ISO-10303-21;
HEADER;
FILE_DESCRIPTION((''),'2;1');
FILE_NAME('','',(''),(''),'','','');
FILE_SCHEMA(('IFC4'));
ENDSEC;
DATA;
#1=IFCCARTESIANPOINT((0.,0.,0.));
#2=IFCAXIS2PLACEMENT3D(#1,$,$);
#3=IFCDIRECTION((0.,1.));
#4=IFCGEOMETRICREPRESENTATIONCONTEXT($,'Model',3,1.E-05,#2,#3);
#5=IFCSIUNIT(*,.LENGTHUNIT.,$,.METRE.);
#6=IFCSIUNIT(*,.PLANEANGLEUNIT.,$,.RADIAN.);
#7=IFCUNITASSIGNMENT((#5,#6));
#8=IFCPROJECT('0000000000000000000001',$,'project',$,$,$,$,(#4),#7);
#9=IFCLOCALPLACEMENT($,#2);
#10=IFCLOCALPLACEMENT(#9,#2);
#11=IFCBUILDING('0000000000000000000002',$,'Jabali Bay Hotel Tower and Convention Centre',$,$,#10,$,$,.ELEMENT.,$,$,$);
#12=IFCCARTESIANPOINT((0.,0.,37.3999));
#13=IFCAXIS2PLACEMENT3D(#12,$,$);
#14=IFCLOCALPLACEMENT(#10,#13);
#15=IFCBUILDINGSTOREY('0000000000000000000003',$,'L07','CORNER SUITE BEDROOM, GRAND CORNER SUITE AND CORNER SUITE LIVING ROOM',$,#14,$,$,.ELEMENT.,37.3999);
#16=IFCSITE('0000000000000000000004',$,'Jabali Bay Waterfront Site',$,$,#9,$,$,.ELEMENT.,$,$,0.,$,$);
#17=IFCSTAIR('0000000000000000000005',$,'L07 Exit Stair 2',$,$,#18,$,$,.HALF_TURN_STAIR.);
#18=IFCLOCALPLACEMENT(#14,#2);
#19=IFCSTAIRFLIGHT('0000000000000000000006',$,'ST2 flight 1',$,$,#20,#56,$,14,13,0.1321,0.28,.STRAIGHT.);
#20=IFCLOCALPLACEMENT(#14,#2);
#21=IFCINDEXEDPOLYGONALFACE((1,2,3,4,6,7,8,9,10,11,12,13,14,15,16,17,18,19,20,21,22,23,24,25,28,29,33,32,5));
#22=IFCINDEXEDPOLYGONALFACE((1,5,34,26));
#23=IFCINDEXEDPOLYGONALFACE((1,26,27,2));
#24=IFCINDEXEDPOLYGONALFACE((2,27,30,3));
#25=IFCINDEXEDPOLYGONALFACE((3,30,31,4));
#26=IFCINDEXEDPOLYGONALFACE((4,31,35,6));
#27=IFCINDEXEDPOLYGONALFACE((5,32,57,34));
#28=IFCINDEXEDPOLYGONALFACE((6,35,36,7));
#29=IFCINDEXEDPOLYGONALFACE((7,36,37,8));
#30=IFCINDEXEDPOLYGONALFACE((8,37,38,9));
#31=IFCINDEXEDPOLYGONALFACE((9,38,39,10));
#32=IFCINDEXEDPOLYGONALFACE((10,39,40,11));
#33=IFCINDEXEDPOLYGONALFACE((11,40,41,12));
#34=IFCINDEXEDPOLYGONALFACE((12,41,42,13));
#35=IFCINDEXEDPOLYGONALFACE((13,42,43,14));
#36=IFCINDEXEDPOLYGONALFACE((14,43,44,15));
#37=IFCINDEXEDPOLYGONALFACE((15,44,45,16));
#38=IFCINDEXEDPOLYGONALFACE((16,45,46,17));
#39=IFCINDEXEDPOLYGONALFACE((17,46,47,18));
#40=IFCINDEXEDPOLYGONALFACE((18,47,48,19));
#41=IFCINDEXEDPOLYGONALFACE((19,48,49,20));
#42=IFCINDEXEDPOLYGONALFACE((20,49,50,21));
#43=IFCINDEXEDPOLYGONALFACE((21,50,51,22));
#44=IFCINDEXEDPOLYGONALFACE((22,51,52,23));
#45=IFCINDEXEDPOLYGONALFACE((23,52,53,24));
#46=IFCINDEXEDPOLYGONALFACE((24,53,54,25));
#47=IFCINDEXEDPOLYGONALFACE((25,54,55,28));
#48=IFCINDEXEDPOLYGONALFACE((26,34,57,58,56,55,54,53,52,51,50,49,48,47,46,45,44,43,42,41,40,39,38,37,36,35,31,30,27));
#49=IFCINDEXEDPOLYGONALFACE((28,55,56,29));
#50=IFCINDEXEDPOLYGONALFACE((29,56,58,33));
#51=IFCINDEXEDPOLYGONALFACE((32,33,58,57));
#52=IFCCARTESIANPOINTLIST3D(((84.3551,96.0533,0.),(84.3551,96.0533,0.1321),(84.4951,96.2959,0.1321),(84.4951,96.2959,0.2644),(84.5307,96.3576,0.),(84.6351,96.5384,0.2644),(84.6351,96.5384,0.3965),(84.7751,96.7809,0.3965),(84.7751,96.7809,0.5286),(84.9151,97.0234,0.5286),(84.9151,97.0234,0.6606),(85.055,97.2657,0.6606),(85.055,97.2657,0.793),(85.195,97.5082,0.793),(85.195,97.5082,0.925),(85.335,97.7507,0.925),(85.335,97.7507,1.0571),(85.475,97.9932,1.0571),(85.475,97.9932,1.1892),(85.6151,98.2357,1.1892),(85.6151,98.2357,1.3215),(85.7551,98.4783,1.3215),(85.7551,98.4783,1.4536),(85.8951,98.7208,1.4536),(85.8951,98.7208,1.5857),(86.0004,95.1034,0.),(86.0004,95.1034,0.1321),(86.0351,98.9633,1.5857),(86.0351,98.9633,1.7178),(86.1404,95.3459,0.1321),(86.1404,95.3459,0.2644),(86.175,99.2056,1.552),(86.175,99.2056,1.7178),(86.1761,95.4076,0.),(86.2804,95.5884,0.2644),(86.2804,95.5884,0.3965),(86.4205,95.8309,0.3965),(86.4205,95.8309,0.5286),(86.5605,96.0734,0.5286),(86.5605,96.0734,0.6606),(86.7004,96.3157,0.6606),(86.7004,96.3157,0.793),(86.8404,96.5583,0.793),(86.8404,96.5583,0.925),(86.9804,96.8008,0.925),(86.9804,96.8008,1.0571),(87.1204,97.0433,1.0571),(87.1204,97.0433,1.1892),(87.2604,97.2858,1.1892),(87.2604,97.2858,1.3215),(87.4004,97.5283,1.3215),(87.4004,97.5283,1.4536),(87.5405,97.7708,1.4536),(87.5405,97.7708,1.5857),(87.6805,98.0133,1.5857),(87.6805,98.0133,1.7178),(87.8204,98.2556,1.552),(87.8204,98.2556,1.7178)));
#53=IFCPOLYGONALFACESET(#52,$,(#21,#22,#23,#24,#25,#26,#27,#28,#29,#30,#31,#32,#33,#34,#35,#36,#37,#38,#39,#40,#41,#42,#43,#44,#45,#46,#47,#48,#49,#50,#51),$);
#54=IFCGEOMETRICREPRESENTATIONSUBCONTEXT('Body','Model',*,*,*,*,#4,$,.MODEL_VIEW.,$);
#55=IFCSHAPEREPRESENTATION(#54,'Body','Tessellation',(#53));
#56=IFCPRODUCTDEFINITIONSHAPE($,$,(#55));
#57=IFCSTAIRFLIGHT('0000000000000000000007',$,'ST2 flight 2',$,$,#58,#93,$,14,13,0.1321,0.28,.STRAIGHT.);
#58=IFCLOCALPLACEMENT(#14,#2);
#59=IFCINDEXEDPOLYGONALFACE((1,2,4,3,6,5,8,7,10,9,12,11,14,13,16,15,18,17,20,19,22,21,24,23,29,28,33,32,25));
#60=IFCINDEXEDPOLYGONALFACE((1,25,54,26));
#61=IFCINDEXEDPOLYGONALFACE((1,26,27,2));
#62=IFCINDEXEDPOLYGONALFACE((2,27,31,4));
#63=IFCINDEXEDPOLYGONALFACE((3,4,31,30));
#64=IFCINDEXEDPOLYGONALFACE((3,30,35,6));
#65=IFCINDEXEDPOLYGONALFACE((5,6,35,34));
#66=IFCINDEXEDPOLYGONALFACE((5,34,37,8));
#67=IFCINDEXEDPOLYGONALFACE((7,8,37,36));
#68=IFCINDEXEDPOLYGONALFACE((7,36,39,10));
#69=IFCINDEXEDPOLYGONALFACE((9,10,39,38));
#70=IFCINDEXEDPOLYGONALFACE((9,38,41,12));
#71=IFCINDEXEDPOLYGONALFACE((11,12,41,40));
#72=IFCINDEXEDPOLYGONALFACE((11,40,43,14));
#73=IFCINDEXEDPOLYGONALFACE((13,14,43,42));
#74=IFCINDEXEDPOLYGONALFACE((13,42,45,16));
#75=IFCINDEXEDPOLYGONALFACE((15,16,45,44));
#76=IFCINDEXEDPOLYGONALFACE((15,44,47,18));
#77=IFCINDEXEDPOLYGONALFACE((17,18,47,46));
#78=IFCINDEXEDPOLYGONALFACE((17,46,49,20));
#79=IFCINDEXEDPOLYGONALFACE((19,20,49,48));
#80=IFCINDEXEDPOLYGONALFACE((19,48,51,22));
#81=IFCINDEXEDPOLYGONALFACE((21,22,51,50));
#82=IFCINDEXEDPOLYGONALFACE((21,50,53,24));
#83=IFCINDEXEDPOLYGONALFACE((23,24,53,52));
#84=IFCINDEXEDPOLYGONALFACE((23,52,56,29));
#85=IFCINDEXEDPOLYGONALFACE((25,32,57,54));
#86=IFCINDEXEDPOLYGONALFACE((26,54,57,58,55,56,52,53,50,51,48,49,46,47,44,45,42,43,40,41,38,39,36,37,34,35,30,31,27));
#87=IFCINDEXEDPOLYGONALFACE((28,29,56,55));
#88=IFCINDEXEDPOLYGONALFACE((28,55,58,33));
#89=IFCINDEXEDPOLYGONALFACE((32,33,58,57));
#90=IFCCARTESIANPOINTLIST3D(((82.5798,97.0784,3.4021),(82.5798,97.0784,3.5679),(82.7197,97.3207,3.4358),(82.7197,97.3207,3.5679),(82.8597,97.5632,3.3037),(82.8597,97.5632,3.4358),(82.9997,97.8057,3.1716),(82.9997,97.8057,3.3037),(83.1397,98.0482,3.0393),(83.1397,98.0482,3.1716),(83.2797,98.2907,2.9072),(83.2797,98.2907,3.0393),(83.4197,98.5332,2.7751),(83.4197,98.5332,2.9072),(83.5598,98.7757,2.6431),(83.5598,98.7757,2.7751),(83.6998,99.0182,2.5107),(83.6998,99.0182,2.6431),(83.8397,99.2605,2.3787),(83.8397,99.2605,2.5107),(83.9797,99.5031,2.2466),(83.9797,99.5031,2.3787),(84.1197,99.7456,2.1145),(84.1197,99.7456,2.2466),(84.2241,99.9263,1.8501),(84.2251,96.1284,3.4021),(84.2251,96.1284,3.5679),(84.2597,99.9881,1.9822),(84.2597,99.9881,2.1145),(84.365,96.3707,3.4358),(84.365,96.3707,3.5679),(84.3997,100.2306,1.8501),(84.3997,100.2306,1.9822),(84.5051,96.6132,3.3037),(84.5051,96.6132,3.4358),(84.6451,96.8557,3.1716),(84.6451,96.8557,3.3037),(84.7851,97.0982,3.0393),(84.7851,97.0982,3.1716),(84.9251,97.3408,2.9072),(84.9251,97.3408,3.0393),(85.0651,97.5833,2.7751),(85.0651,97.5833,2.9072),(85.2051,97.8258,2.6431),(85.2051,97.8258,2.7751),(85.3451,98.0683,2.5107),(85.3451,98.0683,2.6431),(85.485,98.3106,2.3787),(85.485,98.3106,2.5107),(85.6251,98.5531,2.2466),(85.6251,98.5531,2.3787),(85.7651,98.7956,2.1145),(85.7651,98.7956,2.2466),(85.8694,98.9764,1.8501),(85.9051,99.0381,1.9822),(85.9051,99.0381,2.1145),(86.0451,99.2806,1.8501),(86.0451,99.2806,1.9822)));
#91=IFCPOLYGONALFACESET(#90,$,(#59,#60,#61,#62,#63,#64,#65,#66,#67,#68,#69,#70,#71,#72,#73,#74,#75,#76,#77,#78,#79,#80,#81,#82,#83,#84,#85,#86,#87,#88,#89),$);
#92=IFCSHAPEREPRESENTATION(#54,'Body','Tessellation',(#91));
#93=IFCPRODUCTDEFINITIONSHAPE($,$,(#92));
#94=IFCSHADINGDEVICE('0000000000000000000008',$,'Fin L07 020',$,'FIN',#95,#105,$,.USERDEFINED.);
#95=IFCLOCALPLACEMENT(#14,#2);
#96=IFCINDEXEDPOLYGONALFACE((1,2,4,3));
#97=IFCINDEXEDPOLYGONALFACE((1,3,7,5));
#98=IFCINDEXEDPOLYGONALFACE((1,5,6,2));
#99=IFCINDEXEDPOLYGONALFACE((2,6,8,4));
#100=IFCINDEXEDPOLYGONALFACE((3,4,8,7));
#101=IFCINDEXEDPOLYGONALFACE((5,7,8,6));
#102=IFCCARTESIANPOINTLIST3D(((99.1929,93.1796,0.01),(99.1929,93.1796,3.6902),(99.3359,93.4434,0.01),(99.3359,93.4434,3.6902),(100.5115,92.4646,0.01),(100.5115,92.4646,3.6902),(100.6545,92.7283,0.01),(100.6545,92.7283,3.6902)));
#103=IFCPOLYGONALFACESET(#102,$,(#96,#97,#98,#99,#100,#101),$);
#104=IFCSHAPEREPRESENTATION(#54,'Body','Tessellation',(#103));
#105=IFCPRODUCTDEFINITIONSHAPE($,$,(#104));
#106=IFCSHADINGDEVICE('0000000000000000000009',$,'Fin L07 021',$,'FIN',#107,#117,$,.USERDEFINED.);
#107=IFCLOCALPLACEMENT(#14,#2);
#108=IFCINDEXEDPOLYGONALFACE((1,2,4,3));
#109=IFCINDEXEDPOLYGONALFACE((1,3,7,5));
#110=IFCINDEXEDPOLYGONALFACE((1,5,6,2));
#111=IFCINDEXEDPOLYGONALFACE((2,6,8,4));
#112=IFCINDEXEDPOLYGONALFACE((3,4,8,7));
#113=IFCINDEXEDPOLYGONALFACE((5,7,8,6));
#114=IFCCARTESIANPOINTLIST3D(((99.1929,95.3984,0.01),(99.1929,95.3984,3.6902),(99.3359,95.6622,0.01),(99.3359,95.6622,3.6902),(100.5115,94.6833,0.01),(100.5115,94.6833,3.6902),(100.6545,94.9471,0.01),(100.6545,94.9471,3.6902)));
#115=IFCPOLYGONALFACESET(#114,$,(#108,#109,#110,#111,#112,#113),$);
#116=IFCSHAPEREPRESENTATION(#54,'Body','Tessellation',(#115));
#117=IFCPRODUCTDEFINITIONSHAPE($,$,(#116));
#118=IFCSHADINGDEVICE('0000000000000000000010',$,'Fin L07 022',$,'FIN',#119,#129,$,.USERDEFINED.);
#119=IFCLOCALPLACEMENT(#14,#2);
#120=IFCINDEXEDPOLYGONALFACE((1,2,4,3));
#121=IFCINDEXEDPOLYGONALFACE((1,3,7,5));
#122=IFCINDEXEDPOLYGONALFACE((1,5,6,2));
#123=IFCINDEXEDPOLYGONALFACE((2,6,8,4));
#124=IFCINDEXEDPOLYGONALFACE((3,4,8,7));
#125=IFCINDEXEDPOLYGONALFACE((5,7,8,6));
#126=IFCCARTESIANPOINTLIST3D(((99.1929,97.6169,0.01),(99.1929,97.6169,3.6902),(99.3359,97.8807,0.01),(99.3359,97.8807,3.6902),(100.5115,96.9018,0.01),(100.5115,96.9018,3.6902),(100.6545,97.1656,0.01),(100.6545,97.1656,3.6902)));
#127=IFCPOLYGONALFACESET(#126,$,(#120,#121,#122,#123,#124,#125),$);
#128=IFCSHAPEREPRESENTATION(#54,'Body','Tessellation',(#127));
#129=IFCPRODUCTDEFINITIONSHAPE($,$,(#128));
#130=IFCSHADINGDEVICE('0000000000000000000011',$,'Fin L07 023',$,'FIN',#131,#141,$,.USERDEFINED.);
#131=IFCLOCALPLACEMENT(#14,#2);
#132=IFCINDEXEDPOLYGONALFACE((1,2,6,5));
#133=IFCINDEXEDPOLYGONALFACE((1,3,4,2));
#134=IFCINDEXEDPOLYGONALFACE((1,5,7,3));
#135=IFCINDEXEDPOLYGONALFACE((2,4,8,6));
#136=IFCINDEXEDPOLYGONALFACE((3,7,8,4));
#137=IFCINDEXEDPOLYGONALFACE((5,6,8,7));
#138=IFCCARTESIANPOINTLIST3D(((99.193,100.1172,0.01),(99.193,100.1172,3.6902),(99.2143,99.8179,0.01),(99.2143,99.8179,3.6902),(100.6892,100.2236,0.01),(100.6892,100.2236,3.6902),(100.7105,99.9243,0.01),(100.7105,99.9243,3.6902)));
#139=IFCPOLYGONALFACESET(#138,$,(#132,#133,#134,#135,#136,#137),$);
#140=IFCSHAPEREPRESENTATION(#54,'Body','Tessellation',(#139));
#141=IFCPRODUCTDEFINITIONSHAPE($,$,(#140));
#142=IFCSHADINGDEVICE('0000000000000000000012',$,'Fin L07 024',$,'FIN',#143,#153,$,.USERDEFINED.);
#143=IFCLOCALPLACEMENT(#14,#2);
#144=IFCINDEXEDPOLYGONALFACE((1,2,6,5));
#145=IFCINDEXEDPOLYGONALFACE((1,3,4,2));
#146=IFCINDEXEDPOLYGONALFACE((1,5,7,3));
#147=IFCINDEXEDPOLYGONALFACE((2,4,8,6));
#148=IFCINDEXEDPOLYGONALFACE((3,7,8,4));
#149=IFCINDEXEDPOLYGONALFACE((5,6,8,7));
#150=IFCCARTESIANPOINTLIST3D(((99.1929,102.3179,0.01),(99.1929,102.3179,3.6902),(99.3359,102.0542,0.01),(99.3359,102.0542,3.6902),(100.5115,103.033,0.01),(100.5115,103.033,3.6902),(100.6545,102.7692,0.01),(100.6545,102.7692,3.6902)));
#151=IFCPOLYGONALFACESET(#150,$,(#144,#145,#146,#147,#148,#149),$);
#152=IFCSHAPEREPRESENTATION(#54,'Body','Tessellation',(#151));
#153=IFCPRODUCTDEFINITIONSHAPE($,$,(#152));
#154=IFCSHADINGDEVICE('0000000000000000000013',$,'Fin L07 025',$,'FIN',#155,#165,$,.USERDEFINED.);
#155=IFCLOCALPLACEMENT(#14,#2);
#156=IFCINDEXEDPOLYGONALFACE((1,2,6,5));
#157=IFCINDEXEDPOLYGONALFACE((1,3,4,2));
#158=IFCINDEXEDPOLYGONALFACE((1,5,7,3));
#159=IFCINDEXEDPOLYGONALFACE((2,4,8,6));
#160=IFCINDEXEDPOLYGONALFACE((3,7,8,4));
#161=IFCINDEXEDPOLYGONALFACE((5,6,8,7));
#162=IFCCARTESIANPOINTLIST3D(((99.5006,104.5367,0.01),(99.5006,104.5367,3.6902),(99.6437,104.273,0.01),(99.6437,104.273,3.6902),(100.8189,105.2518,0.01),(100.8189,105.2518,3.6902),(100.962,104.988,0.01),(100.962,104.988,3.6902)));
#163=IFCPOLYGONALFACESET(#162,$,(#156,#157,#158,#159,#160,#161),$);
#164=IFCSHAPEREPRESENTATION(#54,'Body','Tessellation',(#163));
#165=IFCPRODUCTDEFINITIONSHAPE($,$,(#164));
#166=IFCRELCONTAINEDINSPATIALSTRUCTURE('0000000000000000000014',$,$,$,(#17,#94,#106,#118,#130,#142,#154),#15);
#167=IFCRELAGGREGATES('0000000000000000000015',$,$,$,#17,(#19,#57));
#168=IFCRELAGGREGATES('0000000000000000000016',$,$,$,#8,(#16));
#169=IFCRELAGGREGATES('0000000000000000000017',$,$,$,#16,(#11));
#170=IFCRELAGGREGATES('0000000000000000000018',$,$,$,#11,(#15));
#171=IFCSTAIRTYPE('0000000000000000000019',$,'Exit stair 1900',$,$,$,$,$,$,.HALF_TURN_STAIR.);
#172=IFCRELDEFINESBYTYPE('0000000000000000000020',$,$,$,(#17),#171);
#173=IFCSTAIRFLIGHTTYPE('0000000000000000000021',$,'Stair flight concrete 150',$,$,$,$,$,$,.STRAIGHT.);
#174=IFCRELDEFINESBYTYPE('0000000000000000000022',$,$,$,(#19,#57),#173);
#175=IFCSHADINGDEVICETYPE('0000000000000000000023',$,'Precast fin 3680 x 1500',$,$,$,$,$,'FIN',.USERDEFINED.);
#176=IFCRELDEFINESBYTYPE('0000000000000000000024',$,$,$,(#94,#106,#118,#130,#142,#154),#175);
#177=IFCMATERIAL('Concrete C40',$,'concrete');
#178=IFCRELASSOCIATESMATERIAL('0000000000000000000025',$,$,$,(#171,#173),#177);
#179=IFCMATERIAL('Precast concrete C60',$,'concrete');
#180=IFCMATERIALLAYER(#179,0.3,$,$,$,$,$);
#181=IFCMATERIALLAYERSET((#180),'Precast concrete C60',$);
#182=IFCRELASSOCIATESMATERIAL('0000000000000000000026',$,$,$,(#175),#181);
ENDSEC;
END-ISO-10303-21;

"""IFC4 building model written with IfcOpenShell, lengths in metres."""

from ifc_helpers import new_model, si_unit, direction, frame, frame_2d, origin, place, context, subcontext, project, spatial, polyline, rectangle, outline, extrude, material, layer, layer_set, type_object, element, aggregate, save


model = new_model("IFC4")

# Units and contexts
model_context = context("Model", 3, precision=1e-05, world=origin(), true_north=direction((0.0, 1.0)))
body_context = subcontext(model_context, "Body", "Model", "MODEL_VIEW")
ifc_project = project(units=[si_unit("LENGTHUNIT", "METRE"), si_unit("PLANEANGLEUNIT", "RADIAN")], contexts=[model_context])

# Site, building, storey
site_placement = place(None, origin())
site = spatial("IfcSite", under=ifc_project, at=site_placement, Name="Jabali Bay Waterfront Site", CompositionType="ELEMENT", RefElevation=0.0)
building_placement = place(site_placement, origin())
building = spatial("IfcBuilding", under=site, at=building_placement, Name="Jabali Bay Hotel Tower and Convention Centre", CompositionType="ELEMENT")
storey_placement = place(building_placement, frame((0.0, 0.0, 37.3999)))
storey = spatial("IfcBuildingStorey", under=building, at=storey_placement, Name="L07", Description="CORNER SUITE BEDROOM, GRAND CORNER SUITE AND CORNER SUITE LIVING ROOM", CompositionType="ELEMENT", Elevation=37.3999)

# Shared definitions
ifc_material_1 = material(Name="Concrete C40", Category="concrete")

# Stair, stair flights
stair_type = type_object("IfcStairType", Name="Exit stair 1900", PredefinedType="HALF_TURN_STAIR", material=ifc_material_1)
stair_placement = place(storey_placement, origin())
stair = element("IfcStair", 1, at=stair_placement, inside=storey, type_object=stair_type, Name="L07 Exit Stair 2", PredefinedType="HALF_TURN_STAIR")
stair_flight_type = type_object("IfcStairFlightType", Name="Stair flight concrete 150", PredefinedType="STRAIGHT", material=ifc_material_1)
stair_flight_1_placement = place(storey_placement, frame((85.1777, 95.5784, 0.0), z_axis=(0.0, 0.0, 1.0), x_axis=(0.5, 0.866025, 0.0)))
stair_flight_1 = element("IfcStairFlight", 2, at=stair_flight_1_placement, type_object=stair_flight_type, Name="ST2 flight 1", NumberOfRisers=14, NumberOfTreads=13, PredefinedType="STRAIGHT", RiserHeight=0.1321, TreadLength=0.28, context=body_context, shape_type="SweptSolid", body=[
    extrude(outline(polyline([(0.0, 0.0), (0.0, 0.1321), (0.28, 0.1321), (0.28, 0.2644), (0.5601, 0.2644), (0.5601, 0.3965), (0.8401, 0.3965), (0.8401, 0.5286), (1.1201, 0.5286), (1.1201, 0.6606), (1.3999, 0.6606), (1.3999, 0.793), (1.6799, 0.793), (1.6799, 0.925), (1.96, 0.925), (1.96, 1.0571), (2.24, 1.0571), (2.24, 1.1892), (2.52, 1.1892), (2.52, 1.3215), (2.8, 1.3215), (2.8, 1.4536), (3.0801, 1.4536), (3.0801, 1.5857), (3.3601, 1.5857), (3.3601, 1.7178), (3.6399, 1.7178), (3.6399, 1.8501), (3.6399, 1.552), (0.3513, 0.0), (0.0, 0.0)])), frame((0.0, 0.95, 0.0), z_axis=(0.0, -1.0, 0.0), x_axis=(1.0, 0.0, 0.0)), (0.0, 0.0, 1.0), 1.8999),
])
stair_flight_2_placement = place(storey_placement, frame((85.2224, 99.7556, 1.8501), z_axis=(0.0, 0.0, 1.0), x_axis=(-0.5, -0.866025, 0.0)))
stair_flight_2 = element("IfcStairFlight", 3, at=stair_flight_2_placement, type_object=stair_flight_type, Name="ST2 flight 2", NumberOfRisers=14, NumberOfTreads=13, PredefinedType="STRAIGHT", RiserHeight=0.1321, TreadLength=0.28, context=body_context, shape_type="SweptSolid", body=[
    extrude(outline(polyline([(0.0, 0.0), (0.0, 0.1321), (0.28, 0.1321), (0.28, 0.2644), (0.5601, 0.2644), (0.5601, 0.3965), (0.8401, 0.3965), (0.8401, 0.5286), (1.1201, 0.5286), (1.1201, 0.6606), (1.3999, 0.6606), (1.3999, 0.793), (1.6799, 0.793), (1.6799, 0.925), (1.96, 0.925), (1.96, 1.0571), (2.24, 1.0571), (2.24, 1.1892), (2.52, 1.1892), (2.52, 1.3215), (2.8, 1.3215), (2.8, 1.4536), (3.0801, 1.4536), (3.0801, 1.5857), (3.3601, 1.5857), (3.3601, 1.7178), (3.6399, 1.7178), (3.6399, 1.8501), (3.6399, 1.552), (0.3513, 0.0), (0.0, 0.0)])), frame((0.0, 0.95, 0.0), z_axis=(0.0, -1.0, 0.0), x_axis=(1.0, 0.0, 0.0)), (0.0, 0.0, 1.0), 1.8999),
])
aggregate(stair, [stair_flight_1, stair_flight_2])

# Shading devices
ifc_material_2 = material(Name="Precast concrete C60", Category="concrete")
ifc_layer_1 = layer(ifc_material_2, 0.3)
ifc_layer_set_1 = layer_set([ifc_layer_1], Name="Precast concrete C60")
shading_device_type = type_object("IfcShadingDeviceType", Name="Precast fin 3680 x 1500", ElementType="FIN", PredefinedType="USERDEFINED", material=ifc_layer_set_1)
for number, where, z_axis, x_axis, name in (
    (4, (99.2644, 93.3115, 0.01), (0.0, 0.0, 1.0), (0.879056, -0.476718, 0.0), "Fin L07 020"),
    (5, (99.2644, 95.5303, 0.01), (0.0, 0.0, 1.0), (0.879056, -0.476718, 0.0), "Fin L07 021"),
    (6, (99.2644, 97.7488, 0.01), (0.0, 0.0, 1.0), (0.879056, -0.476718, 0.0), "Fin L07 022"),
    (7, (99.2036, 99.9675, 0.01), (0.0, 0.0, 1.0), (0.997479, 0.070958, 0.0), "Fin L07 023"),
    (8, (99.2644, 102.186, 0.01), (0.0, 0.0, 1.0), (0.879056, 0.476718, 0.0), "Fin L07 024"),
):
    element("IfcShadingDevice", number, at=place(storey_placement, frame(where, z_axis=z_axis, x_axis=x_axis)), inside=storey, type_object=shading_device_type, Name=name, ObjectType="FIN", PredefinedType="USERDEFINED", context=body_context, shape_type="SweptSolid", body=[
        extrude(rectangle(XDim=1.5, YDim=0.3, at=frame_2d((0.75, 0.0))), origin(), (0.0, 0.0, 1.0), 3.6802),
    ])
shading_device_placement = place(storey_placement, frame((99.572, 104.4048, 0.01), z_axis=(0.0, 0.0, 1.0), x_axis=(0.879019, 0.476786, 0.0)))
element("IfcShadingDevice", 9, at=shading_device_placement, inside=storey, type_object=shading_device_type, Name="Fin L07 025", ObjectType="FIN", PredefinedType="USERDEFINED", context=body_context, shape_type="SweptSolid", body=[
    extrude(rectangle(XDim=1.4998, YDim=0.3, at=frame_2d((0.75, 0.0))), origin(), (0.0, 0.0, 1.0), 3.6802),
])

save(model, "model.ifc")
